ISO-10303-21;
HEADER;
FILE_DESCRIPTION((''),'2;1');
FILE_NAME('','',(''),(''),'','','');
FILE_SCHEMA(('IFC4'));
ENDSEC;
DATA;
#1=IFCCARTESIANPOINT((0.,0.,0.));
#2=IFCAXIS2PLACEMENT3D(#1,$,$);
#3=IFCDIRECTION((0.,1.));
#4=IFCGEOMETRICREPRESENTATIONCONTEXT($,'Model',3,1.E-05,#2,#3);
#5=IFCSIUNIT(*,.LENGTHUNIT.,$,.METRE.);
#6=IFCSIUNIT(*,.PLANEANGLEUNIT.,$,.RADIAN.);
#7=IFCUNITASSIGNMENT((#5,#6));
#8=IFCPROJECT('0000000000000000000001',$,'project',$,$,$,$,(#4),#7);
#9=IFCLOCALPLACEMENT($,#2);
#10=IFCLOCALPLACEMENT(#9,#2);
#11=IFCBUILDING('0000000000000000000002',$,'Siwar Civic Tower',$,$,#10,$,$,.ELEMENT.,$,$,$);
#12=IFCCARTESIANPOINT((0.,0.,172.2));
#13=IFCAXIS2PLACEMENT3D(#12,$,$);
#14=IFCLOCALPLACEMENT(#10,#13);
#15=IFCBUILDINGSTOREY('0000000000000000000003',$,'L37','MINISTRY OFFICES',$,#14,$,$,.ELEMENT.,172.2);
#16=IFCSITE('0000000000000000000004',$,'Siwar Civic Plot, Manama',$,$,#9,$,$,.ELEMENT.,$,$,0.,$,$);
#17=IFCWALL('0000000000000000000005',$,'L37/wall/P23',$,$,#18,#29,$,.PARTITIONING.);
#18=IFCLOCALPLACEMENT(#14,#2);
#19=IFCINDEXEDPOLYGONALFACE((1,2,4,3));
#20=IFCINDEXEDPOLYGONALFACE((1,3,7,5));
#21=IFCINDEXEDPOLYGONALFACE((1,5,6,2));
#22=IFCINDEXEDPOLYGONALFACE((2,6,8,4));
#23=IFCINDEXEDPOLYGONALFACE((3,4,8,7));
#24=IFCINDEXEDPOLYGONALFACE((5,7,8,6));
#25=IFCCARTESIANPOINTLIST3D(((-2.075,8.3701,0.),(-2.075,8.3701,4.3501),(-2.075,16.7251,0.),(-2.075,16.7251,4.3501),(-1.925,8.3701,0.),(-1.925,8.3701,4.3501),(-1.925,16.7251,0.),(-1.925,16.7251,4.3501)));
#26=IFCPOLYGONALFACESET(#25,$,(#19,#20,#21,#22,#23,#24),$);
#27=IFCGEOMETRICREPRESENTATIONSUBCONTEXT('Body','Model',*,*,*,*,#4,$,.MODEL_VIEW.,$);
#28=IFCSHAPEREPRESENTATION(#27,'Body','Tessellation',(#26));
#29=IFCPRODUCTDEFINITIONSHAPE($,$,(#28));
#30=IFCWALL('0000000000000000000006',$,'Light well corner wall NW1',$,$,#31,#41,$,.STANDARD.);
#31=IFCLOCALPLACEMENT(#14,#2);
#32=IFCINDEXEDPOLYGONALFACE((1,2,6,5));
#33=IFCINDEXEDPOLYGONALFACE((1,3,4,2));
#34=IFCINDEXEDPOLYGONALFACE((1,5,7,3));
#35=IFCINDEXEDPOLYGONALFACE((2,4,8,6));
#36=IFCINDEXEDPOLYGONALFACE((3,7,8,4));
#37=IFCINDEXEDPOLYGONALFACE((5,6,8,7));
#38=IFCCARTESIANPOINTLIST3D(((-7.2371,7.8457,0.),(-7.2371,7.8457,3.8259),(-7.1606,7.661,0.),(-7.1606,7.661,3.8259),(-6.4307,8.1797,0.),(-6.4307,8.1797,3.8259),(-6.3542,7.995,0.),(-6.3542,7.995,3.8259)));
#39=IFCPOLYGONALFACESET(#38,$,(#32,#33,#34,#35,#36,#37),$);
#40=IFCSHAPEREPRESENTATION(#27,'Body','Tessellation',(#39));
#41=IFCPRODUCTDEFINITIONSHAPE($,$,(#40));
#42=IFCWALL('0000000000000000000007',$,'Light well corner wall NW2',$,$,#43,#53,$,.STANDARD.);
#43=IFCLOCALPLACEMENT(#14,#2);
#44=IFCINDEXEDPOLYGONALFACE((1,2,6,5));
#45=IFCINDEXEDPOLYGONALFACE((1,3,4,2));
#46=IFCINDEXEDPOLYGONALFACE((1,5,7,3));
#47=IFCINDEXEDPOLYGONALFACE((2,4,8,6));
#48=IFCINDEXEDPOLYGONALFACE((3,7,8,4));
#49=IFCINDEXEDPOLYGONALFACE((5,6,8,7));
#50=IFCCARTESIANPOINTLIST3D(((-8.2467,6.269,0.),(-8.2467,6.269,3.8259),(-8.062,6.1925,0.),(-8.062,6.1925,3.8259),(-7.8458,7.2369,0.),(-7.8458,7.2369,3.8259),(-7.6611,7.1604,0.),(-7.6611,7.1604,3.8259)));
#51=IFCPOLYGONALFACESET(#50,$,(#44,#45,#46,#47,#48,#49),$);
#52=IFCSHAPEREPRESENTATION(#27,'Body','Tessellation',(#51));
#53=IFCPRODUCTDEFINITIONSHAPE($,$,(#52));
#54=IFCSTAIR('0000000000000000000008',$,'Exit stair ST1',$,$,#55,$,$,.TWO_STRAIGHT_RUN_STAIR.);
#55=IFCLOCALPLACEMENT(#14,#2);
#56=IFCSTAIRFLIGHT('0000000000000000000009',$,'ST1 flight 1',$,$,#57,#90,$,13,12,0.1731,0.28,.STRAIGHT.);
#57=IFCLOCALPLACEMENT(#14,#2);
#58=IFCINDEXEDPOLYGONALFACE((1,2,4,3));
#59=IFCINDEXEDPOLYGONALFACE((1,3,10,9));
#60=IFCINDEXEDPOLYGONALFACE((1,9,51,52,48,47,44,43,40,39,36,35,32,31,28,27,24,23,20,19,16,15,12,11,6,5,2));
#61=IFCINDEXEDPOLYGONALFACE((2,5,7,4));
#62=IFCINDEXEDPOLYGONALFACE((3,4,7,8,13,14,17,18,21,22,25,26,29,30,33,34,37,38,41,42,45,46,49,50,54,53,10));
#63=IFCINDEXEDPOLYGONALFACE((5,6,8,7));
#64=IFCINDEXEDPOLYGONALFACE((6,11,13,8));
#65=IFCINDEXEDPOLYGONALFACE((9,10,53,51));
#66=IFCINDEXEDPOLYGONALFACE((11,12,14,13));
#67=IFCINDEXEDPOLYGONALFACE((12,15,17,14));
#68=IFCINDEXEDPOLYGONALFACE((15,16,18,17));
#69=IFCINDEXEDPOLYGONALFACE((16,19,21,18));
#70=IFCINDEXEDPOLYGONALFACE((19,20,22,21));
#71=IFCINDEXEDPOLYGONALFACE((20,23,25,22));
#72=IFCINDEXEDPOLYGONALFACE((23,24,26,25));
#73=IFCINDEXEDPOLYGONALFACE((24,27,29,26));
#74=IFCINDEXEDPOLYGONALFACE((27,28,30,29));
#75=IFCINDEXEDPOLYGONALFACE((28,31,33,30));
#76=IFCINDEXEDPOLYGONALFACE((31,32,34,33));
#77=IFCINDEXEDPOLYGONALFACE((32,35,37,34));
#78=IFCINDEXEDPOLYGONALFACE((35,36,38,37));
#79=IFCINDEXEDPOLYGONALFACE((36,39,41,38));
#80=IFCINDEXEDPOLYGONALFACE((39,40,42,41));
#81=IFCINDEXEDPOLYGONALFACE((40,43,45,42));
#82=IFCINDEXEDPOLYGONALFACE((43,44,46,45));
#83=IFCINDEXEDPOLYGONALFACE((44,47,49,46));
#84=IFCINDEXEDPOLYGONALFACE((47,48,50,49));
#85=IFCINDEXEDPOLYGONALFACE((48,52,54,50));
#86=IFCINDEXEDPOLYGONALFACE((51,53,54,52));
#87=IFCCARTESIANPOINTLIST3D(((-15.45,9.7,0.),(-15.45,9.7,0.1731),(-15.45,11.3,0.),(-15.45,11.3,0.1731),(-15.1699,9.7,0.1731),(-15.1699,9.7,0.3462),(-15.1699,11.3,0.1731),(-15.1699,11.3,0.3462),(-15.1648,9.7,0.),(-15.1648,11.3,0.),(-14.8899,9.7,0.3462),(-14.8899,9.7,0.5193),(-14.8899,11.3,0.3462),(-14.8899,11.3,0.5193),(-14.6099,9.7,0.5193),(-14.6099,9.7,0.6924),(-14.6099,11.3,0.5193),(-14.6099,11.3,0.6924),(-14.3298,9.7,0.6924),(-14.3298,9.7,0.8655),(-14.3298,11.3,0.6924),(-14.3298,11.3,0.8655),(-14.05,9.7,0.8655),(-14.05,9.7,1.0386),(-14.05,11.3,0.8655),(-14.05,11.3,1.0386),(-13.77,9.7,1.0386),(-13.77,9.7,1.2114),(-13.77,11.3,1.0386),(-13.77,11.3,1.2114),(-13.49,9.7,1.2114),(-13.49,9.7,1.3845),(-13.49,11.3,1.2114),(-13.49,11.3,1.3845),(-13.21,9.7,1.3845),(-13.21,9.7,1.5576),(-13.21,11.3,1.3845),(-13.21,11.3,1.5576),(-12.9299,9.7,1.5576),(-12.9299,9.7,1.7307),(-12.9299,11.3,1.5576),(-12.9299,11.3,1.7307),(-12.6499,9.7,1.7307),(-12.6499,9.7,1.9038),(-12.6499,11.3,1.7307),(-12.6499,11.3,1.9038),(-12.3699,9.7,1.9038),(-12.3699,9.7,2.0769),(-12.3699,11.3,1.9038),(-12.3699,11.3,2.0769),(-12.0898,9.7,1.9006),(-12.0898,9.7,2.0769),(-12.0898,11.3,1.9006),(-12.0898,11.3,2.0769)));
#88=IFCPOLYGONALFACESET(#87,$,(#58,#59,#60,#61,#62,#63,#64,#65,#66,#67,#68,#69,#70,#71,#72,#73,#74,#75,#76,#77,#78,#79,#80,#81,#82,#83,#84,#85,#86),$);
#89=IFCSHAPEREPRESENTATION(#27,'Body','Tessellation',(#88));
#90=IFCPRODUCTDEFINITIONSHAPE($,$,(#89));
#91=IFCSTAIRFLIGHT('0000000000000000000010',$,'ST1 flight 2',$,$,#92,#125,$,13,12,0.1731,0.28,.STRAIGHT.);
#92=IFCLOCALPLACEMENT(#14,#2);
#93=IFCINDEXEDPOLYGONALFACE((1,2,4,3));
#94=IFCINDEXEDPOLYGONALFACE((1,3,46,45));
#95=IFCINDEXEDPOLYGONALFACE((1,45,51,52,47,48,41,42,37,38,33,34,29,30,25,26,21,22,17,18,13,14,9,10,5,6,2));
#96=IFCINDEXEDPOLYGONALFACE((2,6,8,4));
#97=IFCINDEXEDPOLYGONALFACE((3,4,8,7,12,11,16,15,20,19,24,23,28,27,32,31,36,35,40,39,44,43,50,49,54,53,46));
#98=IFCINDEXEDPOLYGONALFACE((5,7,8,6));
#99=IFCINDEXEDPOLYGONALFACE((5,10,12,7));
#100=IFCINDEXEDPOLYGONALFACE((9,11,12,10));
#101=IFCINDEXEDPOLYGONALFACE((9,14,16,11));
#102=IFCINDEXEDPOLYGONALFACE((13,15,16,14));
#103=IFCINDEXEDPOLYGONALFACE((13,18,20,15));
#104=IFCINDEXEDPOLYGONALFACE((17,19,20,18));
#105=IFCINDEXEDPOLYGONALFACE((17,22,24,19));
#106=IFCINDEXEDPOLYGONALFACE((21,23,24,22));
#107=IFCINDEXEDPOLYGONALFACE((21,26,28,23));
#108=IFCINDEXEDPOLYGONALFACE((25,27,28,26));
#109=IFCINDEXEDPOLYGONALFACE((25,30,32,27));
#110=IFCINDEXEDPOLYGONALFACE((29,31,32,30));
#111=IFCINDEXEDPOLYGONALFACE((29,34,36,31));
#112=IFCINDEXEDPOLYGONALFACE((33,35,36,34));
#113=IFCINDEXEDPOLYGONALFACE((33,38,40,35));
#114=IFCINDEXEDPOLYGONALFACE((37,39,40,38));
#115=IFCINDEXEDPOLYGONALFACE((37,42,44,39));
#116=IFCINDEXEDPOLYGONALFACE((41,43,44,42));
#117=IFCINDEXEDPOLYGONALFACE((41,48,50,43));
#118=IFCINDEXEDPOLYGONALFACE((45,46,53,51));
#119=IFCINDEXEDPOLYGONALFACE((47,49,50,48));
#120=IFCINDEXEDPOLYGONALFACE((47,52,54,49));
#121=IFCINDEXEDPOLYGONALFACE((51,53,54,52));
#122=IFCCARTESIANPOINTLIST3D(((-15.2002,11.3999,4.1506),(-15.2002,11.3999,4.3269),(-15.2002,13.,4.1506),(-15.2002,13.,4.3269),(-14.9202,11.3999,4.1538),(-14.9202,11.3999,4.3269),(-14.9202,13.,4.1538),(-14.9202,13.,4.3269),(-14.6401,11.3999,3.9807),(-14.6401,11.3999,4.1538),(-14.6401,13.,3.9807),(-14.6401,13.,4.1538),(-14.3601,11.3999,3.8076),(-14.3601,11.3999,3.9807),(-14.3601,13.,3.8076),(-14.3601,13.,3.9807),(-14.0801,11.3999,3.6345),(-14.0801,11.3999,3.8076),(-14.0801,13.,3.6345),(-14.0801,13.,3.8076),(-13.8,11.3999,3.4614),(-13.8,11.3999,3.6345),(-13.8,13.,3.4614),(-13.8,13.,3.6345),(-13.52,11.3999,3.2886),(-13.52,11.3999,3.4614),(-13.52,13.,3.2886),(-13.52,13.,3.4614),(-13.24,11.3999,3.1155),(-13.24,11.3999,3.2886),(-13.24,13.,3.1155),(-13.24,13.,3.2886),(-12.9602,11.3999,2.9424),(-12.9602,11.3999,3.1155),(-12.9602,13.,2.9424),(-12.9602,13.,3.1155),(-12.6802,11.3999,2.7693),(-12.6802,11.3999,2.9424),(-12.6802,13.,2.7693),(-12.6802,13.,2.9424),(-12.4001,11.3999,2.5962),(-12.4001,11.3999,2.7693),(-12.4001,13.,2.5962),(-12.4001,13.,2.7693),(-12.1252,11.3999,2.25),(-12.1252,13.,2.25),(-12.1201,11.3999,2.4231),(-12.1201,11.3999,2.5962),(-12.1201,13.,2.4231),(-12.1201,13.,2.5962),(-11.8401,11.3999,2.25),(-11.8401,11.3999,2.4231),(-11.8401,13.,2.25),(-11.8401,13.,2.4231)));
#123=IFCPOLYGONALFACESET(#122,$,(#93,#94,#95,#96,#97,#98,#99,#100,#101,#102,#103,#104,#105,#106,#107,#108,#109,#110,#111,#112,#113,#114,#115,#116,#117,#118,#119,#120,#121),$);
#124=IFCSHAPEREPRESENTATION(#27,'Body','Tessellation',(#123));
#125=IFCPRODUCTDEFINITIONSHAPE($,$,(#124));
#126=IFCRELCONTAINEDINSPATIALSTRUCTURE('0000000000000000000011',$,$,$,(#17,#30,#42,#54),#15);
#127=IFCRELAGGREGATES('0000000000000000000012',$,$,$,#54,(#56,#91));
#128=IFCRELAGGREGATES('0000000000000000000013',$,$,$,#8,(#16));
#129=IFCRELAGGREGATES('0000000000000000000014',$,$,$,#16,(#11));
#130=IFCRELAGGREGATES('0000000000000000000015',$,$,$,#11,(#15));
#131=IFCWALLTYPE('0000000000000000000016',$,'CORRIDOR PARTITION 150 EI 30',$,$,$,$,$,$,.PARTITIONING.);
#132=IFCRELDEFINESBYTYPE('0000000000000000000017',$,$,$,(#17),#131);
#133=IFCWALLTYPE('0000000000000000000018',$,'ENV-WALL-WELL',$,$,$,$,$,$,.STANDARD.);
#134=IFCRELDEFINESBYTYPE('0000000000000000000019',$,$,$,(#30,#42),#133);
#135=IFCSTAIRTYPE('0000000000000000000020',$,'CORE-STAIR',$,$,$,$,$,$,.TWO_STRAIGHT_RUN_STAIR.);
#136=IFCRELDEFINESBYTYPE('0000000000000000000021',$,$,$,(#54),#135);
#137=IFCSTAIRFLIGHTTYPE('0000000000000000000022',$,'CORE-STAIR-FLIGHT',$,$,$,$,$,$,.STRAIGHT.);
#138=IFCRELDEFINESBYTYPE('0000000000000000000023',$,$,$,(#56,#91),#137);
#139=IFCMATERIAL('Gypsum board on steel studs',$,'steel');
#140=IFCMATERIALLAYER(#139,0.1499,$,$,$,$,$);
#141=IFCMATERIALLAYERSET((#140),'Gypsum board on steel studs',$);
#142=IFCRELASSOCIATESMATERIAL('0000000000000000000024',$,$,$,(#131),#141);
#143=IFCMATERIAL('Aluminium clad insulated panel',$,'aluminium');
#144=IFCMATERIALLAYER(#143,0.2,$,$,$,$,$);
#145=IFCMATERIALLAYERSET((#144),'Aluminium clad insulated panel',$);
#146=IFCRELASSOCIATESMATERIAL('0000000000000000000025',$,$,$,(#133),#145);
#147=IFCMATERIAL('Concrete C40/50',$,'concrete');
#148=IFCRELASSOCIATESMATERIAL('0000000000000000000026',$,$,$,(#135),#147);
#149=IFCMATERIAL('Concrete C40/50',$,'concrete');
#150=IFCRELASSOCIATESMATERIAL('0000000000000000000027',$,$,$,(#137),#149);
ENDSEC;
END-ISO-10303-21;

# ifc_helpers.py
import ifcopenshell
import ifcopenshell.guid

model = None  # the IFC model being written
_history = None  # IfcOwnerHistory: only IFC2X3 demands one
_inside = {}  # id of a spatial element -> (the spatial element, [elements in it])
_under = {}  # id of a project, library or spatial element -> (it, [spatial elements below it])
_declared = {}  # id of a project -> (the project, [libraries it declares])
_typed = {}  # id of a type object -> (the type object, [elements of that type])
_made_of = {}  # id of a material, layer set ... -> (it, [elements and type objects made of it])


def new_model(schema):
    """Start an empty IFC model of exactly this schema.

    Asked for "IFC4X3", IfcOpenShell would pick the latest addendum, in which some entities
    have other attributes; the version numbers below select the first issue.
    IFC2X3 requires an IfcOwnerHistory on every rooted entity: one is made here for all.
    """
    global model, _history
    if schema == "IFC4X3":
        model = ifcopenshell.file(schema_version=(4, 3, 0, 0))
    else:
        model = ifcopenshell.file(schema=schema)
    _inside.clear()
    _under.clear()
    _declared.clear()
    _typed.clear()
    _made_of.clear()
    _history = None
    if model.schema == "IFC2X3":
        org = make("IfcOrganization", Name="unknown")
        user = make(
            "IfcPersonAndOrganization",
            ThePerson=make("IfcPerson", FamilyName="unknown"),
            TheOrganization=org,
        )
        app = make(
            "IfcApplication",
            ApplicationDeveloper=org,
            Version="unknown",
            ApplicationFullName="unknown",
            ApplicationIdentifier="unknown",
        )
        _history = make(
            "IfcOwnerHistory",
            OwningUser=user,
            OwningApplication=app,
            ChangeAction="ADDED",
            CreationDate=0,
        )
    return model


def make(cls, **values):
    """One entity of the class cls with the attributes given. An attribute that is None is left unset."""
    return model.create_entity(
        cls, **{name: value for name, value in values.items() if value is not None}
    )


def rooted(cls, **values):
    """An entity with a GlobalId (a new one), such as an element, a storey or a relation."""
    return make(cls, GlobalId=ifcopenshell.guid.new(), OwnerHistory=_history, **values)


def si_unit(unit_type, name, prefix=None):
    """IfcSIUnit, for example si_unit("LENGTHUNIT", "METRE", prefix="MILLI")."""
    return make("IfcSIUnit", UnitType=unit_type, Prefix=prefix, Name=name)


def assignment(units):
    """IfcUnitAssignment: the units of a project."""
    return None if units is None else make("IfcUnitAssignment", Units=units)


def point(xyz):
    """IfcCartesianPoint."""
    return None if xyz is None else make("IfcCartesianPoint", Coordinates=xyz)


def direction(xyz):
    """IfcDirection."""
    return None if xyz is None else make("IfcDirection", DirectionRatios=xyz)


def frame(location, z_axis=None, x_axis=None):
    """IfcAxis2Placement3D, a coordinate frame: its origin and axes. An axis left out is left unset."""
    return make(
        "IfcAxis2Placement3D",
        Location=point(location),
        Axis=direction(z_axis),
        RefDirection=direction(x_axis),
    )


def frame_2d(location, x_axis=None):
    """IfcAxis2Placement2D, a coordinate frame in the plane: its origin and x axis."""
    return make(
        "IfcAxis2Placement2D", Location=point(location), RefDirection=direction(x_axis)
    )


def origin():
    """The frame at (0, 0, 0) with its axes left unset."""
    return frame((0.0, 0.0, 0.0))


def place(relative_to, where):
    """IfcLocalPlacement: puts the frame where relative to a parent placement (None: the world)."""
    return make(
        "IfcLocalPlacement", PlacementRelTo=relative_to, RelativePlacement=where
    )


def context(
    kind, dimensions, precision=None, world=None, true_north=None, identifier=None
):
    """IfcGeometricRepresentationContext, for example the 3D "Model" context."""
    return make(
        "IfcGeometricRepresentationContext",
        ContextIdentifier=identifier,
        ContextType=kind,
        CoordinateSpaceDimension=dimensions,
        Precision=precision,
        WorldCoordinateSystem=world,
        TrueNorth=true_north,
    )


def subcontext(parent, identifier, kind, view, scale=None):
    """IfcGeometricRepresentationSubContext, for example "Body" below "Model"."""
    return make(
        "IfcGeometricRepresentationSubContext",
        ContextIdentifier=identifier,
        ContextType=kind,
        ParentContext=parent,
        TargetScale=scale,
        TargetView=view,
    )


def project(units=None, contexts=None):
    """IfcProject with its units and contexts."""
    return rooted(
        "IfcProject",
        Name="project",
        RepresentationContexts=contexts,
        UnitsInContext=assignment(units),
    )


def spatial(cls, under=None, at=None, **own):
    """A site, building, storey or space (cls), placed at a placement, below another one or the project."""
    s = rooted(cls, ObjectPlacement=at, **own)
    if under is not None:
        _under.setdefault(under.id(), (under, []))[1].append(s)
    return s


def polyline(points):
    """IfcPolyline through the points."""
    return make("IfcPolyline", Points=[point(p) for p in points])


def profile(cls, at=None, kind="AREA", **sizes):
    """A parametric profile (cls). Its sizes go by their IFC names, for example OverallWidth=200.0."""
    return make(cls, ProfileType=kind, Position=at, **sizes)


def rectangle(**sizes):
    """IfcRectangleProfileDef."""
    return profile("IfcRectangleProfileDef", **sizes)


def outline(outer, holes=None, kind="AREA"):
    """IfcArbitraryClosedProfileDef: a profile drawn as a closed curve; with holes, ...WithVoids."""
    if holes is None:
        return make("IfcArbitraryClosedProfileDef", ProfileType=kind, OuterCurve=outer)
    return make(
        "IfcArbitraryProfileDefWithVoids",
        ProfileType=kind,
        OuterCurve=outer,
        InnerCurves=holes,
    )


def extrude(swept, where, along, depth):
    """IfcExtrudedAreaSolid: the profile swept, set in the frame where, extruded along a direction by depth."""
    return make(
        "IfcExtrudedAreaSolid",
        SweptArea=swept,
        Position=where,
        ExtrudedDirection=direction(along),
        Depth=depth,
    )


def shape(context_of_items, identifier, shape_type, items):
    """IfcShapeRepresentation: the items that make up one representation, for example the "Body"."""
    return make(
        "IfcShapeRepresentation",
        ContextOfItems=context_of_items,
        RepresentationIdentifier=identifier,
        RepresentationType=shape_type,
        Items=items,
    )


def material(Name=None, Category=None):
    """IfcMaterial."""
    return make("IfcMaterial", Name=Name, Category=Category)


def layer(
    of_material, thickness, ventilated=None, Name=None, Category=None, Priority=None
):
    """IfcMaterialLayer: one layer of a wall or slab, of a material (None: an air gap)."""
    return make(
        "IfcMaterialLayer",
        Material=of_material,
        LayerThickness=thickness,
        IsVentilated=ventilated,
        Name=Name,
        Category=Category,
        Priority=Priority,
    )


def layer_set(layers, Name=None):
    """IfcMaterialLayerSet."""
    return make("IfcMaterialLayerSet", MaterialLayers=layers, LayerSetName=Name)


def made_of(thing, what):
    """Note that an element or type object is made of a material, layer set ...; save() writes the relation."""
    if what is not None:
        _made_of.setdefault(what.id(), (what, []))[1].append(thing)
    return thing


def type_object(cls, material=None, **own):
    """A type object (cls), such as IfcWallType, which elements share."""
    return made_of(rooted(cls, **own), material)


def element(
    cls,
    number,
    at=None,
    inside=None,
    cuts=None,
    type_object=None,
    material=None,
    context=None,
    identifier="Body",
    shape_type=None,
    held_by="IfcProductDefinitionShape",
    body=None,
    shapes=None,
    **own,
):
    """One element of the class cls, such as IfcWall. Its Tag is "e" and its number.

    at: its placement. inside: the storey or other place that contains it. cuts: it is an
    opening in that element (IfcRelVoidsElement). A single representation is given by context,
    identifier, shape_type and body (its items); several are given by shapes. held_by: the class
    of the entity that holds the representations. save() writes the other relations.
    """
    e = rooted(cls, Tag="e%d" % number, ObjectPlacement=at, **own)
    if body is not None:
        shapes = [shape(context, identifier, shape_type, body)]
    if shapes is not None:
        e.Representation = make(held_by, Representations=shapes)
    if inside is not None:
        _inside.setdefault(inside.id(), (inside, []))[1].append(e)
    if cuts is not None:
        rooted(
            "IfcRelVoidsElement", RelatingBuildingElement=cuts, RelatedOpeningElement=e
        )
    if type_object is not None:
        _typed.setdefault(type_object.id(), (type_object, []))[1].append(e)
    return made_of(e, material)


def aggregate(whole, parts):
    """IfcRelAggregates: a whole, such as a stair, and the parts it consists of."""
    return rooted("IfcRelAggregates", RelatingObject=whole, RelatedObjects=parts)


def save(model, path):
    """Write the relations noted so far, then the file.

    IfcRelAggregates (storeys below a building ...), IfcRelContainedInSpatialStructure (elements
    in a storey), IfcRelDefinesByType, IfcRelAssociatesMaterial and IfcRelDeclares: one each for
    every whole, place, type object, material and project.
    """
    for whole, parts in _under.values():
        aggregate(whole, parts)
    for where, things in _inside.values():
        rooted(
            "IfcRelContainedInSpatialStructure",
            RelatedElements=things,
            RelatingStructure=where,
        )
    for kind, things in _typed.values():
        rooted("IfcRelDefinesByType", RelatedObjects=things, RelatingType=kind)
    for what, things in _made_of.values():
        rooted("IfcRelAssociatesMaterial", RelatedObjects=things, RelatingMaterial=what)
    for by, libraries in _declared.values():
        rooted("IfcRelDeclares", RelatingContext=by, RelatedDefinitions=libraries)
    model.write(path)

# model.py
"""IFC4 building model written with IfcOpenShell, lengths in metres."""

from ifc_helpers import new_model, si_unit, direction, frame, frame_2d, origin, place, context, subcontext, project, spatial, polyline, rectangle, outline, extrude, material, layer, layer_set, type_object, element, aggregate, save


model = new_model("IFC4")

# Units and contexts
model_context = context("Model", 3, precision=1e-05, world=origin(), true_north=direction((0.0, 1.0)))
body_context = subcontext(model_context, "Body", "Model", "MODEL_VIEW")
ifc_project = project(units=[si_unit("LENGTHUNIT", "METRE"), si_unit("PLANEANGLEUNIT", "RADIAN")], contexts=[model_context])

# Site, building, storey
site_placement = place(None, origin())
site = spatial("IfcSite", under=ifc_project, at=site_placement, Name="Siwar Civic Plot, Manama", CompositionType="ELEMENT", RefElevation=0.0)
building_placement = place(site_placement, origin())
building = spatial("IfcBuilding", under=site, at=building_placement, Name="Siwar Civic Tower", CompositionType="ELEMENT")
storey_placement = place(building_placement, frame((0.0, 0.0, 172.2)))
storey = spatial("IfcBuildingStorey", under=building, at=storey_placement, Name="L37", Description="MINISTRY OFFICES", CompositionType="ELEMENT", Elevation=172.2)

# Walls
ifc_material_1 = material(Name="Gypsum board on steel studs", Category="steel")
ifc_layer_1 = layer(ifc_material_1, 0.1499)
ifc_layer_set_1 = layer_set([ifc_layer_1], Name="Gypsum board on steel studs")
wall_type_1 = type_object("IfcWallType", Name="CORRIDOR PARTITION 150 EI 30", PredefinedType="PARTITIONING", material=ifc_layer_set_1)
wall_1_placement = place(storey_placement, frame((-2.0, 8.3701, 0.0), z_axis=(0.0, 0.0, 1.0), x_axis=(0.0, 1.0, 0.0)))
element("IfcWall", 1, at=wall_1_placement, inside=storey, type_object=wall_type_1, Name="L37/wall/P23", PredefinedType="PARTITIONING", context=body_context, shape_type="SweptSolid", body=[
    extrude(rectangle(XDim=8.355, YDim=0.1499, at=frame_2d((4.1775, 0.0))), origin(), (0.0, 0.0, 1.0), 4.3501),
])
ifc_material_2 = material(Name="Aluminium clad insulated panel", Category="aluminium")
ifc_layer_2 = layer(ifc_material_2, 0.2)
ifc_layer_set_2 = layer_set([ifc_layer_2], Name="Aluminium clad insulated panel")
wall_type_2 = type_object("IfcWallType", Name="ENV-WALL-WELL", PredefinedType="STANDARD", material=ifc_layer_set_2)
wall_2_placement = place(storey_placement, frame((-6.3923, 8.0874, 0.0), z_axis=(0.0, 0.0, 1.0), x_axis=(-0.923894, -0.382648, 0.0)))
element("IfcWall", 2, at=wall_2_placement, inside=storey, type_object=wall_type_2, Name="Light well corner wall NW1", PredefinedType="STANDARD", context=body_context, shape_type="SweptSolid", body=[
    extrude(rectangle(XDim=0.8728, YDim=0.2, at=frame_2d((0.4365, 0.0))), origin(), (0.0, 0.0, 1.0), 3.8259),
])
wall_3_placement = place(storey_placement, frame((-7.7534, 7.1987, 0.0), z_axis=(0.0, 0.0, 1.0), x_axis=(-0.382695, -0.923875, 0.0)))
element("IfcWall", 3, at=wall_3_placement, inside=storey, type_object=wall_type_2, Name="Light well corner wall NW2", PredefinedType="STANDARD", context=body_context, shape_type="SweptSolid", body=[
    extrude(rectangle(XDim=1.0476, YDim=0.2, at=frame_2d((0.5239, 0.0))), origin(), (0.0, 0.0, 1.0), 3.8259),
])

# Stair, stair flights
ifc_material_3 = material(Name="Concrete C40/50", Category="concrete")
stair_type = type_object("IfcStairType", Name="CORE-STAIR", PredefinedType="TWO_STRAIGHT_RUN_STAIR", material=ifc_material_3)
stair_placement = place(storey_placement, origin())
stair = element("IfcStair", 4, at=stair_placement, inside=storey, type_object=stair_type, Name="Exit stair ST1", PredefinedType="TWO_STRAIGHT_RUN_STAIR")
ifc_material_4 = material(Name="Concrete C40/50", Category="concrete")
stair_flight_type = type_object("IfcStairFlightType", Name="CORE-STAIR-FLIGHT", PredefinedType="STRAIGHT", material=ifc_material_4)
stair_flight_1_placement = place(storey_placement, frame((-15.45, 10.5, 0.0), z_axis=(0.0, 0.0, 1.0), x_axis=(1.0, 0.0, 0.0)))
stair_flight_1 = element("IfcStairFlight", 5, at=stair_flight_1_placement, type_object=stair_flight_type, Name="ST1 flight 1", NumberOfRisers=13, NumberOfTreads=12, PredefinedType="STRAIGHT", RiserHeight=0.1731, TreadLength=0.28, context=body_context, shape_type="SweptSolid", body=[
    extrude(outline(polyline([(0.0, 0.0), (0.0, 0.1731), (0.28, 0.1731), (0.28, 0.3462), (0.5601, 0.3462), (0.5601, 0.5193), (0.8401, 0.5193), (0.8401, 0.6924), (1.1201, 0.6924), (1.1201, 0.8655), (1.3999, 0.8655), (1.3999, 1.0386), (1.6799, 1.0386), (1.6799, 1.2114), (1.96, 1.2114), (1.96, 1.3845), (2.24, 1.3845), (2.24, 1.5576), (2.52, 1.5576), (2.52, 1.7307), (2.8, 1.7307), (2.8, 1.9038), (3.0801, 1.9038), (3.0801, 2.0769), (3.3601, 2.0769), (3.3601, 2.25), (3.3601, 1.9006), (0.2852, 0.0), (0.0, 0.0)])), frame((0.0, 0.8, 0.0), z_axis=(0.0, -1.0, 0.0), x_axis=(1.0, 0.0, 0.0)), (0.0, 0.0, 1.0), 1.6001),
])
stair_flight_2_placement = place(storey_placement, frame((-11.8401, 12.2, 2.25), z_axis=(0.0, 0.0, 1.0), x_axis=(-1.0, 0.0, 0.0)))
stair_flight_2 = element("IfcStairFlight", 6, at=stair_flight_2_placement, type_object=stair_flight_type, Name="ST1 flight 2", NumberOfRisers=13, NumberOfTreads=12, PredefinedType="STRAIGHT", RiserHeight=0.1731, TreadLength=0.28, context=body_context, shape_type="SweptSolid", body=[
    extrude(outline(polyline([(0.0, 0.0), (0.0, 0.1731), (0.28, 0.1731), (0.28, 0.3462), (0.5601, 0.3462), (0.5601, 0.5193), (0.8401, 0.5193), (0.8401, 0.6924), (1.1201, 0.6924), (1.1201, 0.8655), (1.3999, 0.8655), (1.3999, 1.0386), (1.6799, 1.0386), (1.6799, 1.2114), (1.96, 1.2114), (1.96, 1.3845), (2.24, 1.3845), (2.24, 1.5576), (2.52, 1.5576), (2.52, 1.7307), (2.8, 1.7307), (2.8, 1.9038), (3.0801, 1.9038), (3.0801, 2.0769), (3.3601, 2.0769), (3.3601, 2.25), (3.3601, 1.9006), (0.2852, 0.0), (0.0, 0.0)])), frame((0.0, 0.8, 0.0), z_axis=(0.0, -1.0, 0.0), x_axis=(1.0, 0.0, 0.0)), (0.0, 0.0, 1.0), 1.6001),
])
aggregate(stair, [stair_flight_1, stair_flight_2])

save(model, "model.ifc")
